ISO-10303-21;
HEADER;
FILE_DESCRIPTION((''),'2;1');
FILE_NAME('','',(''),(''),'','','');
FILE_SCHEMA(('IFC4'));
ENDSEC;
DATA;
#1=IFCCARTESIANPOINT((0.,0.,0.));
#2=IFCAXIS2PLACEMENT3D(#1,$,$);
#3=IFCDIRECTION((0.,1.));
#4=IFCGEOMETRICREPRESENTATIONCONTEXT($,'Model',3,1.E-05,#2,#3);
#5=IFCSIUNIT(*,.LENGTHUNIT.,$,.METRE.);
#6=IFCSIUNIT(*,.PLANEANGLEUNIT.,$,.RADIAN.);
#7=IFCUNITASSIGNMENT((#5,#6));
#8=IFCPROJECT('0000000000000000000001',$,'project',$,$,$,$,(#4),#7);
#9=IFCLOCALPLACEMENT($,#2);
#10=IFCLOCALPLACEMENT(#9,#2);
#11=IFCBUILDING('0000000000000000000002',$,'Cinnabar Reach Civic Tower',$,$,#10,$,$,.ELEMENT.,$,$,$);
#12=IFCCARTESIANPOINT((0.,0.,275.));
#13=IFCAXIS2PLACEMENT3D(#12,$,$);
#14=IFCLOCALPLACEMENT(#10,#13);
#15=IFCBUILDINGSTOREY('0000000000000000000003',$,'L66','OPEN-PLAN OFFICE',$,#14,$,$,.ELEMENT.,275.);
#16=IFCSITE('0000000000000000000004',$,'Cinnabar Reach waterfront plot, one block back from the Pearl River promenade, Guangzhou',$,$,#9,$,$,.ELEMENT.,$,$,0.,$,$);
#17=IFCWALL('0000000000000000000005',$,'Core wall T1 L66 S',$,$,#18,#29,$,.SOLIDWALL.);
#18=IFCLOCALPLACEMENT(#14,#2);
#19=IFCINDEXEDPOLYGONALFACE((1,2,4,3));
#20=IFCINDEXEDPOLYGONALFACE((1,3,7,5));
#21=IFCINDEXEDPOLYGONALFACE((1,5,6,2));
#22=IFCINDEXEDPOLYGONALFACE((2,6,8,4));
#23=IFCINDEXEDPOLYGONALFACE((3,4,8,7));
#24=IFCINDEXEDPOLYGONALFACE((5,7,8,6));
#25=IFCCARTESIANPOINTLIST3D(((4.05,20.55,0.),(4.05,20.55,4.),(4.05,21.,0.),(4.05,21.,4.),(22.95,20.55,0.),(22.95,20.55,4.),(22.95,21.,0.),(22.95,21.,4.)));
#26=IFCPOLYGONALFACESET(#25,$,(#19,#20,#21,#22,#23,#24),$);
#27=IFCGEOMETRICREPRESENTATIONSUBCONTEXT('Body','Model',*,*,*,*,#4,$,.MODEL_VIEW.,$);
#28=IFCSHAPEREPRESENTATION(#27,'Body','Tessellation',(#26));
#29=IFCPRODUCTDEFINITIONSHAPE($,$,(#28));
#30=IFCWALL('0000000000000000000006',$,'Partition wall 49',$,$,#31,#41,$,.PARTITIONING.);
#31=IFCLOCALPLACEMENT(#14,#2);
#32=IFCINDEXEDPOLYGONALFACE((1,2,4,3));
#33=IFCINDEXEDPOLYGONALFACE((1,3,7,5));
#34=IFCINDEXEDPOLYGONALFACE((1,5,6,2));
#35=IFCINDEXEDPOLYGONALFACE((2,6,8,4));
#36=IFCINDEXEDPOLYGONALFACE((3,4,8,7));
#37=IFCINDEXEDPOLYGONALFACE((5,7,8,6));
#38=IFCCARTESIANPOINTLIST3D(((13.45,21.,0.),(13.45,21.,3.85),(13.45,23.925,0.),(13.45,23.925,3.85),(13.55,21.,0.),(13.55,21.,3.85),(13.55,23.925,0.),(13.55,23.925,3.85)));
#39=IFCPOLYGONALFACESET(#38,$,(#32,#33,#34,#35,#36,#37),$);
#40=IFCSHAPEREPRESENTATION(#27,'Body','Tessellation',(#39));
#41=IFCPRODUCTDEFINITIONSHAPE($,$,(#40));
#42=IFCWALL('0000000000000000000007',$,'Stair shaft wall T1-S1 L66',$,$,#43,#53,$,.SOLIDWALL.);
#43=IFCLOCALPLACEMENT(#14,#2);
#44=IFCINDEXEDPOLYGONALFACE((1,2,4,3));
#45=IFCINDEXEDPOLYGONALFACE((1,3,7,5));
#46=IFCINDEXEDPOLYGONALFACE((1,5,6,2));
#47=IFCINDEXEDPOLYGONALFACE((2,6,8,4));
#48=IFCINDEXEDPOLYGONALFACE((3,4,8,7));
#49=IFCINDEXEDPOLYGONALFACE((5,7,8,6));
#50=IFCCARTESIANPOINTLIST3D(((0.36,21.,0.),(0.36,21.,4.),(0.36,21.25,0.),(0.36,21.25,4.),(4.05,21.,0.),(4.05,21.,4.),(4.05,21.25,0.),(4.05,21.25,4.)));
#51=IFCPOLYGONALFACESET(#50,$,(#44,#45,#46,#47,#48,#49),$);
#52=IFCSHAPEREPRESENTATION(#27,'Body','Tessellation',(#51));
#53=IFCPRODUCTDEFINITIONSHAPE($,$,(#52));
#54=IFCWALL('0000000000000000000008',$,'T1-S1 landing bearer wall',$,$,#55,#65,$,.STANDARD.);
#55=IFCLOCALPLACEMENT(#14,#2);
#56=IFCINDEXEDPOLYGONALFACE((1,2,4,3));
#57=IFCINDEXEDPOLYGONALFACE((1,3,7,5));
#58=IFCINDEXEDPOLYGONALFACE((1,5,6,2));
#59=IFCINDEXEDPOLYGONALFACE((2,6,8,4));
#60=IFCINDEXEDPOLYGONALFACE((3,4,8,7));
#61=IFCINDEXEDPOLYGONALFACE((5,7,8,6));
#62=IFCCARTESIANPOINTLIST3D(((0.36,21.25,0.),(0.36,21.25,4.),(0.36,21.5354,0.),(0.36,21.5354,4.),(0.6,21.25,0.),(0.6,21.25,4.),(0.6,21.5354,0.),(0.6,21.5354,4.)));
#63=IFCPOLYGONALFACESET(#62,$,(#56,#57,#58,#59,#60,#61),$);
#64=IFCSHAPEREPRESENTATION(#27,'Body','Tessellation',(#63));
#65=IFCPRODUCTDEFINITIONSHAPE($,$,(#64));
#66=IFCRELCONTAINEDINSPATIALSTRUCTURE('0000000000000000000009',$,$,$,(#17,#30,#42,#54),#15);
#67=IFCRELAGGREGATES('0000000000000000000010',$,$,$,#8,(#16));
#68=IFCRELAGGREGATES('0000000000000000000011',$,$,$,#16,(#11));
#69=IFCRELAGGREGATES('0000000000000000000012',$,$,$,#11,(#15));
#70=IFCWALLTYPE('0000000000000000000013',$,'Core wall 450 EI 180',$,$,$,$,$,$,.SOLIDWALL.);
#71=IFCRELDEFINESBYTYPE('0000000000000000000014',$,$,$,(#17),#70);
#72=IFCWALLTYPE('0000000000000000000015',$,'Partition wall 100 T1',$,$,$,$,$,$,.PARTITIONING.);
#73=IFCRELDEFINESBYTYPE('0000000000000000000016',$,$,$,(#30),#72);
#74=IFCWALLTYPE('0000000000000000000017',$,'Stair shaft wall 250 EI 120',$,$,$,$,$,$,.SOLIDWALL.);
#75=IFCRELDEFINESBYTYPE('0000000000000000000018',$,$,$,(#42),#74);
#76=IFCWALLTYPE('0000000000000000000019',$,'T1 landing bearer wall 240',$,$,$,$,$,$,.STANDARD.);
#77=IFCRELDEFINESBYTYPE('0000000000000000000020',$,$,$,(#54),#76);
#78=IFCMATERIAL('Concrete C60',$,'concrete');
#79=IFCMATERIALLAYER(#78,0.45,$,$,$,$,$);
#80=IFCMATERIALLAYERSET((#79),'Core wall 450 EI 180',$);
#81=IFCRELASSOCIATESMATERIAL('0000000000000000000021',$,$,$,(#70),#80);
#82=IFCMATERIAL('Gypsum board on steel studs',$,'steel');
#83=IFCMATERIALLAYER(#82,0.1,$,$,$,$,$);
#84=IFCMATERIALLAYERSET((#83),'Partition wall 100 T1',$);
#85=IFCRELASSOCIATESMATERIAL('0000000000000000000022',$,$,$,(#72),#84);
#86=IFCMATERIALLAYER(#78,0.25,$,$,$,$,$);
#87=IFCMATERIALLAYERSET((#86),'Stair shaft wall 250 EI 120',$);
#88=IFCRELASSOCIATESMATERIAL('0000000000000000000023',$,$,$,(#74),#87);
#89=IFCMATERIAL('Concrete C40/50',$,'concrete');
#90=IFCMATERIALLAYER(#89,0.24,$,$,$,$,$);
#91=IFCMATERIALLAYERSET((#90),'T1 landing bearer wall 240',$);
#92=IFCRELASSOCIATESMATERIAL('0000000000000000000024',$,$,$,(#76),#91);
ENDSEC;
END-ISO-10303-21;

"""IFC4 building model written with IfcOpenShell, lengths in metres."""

from ifc_helpers import new_model, si_unit, direction, frame, frame_2d, origin, place, context, subcontext, project, spatial, rectangle, extrude, material, layer, layer_set, type_object, element, save


model = new_model("IFC4")

# Units and contexts
model_context = context("Model", 3, precision=1e-05, world=origin(), true_north=direction((0.0, 1.0)))
body_context = subcontext(model_context, "Body", "Model", "MODEL_VIEW")
ifc_project = project(units=[si_unit("LENGTHUNIT", "METRE"), si_unit("PLANEANGLEUNIT", "RADIAN")], contexts=[model_context])

# Site, building, storey
site_placement = place(None, origin())
site = spatial("IfcSite", under=ifc_project, at=site_placement, Name="Cinnabar Reach waterfront plot, one block back from the Pearl River promenade, Guangzhou", CompositionType="ELEMENT", RefElevation=0.0)
building_placement = place(site_placement, origin())
building = spatial("IfcBuilding", under=site, at=building_placement, Name="Cinnabar Reach Civic Tower", CompositionType="ELEMENT")
storey_placement = place(building_placement, frame((0.0, 0.0, 275.0)))
storey = spatial("IfcBuildingStorey", under=building, at=storey_placement, Name="L66", Description="OPEN-PLAN OFFICE", CompositionType="ELEMENT", Elevation=275.0)

# Shared definitions
ifc_material_1 = material(Name="Concrete C60", Category="concrete")

# Shared definitions
ifc_material_2 = material(Name="Concrete C40/50", Category="concrete")

# Walls
ifc_layer_1 = layer(ifc_material_1, 0.45)
ifc_layer_set_1 = layer_set([ifc_layer_1], Name="Core wall 450 EI 180")
wall_type_1 = type_object("IfcWallType", Name="Core wall 450 EI 180", PredefinedType="SOLIDWALL", material=ifc_layer_set_1)
wall_1_placement = place(storey_placement, frame((4.05, 20.775, 0.0), z_axis=(0.0, 0.0, 1.0), x_axis=(1.0, 0.0, 0.0)))
element("IfcWall", 1, at=wall_1_placement, inside=storey, type_object=wall_type_1, Name="Core wall T1 L66 S", PredefinedType="SOLIDWALL", context=body_context, shape_type="SweptSolid", body=[
    extrude(rectangle(XDim=18.9, YDim=0.45, at=frame_2d((9.45, 0.0))), origin(), (0.0, 0.0, 1.0), 4.0),
])
ifc_material_3 = material(Name="Gypsum board on steel studs", Category="steel")
ifc_layer_2 = layer(ifc_material_3, 0.1)
ifc_layer_set_2 = layer_set([ifc_layer_2], Name="Partition wall 100 T1")
wall_type_2 = type_object("IfcWallType", Name="Partition wall 100 T1", PredefinedType="PARTITIONING", material=ifc_layer_set_2)
wall_2_placement = place(storey_placement, frame((13.5, 21.0, 0.0), z_axis=(0.0, 0.0, 1.0), x_axis=(0.0, 1.0, 0.0)))
element("IfcWall", 2, at=wall_2_placement, inside=storey, type_object=wall_type_2, Name="Partition wall 49", PredefinedType="PARTITIONING", context=body_context, shape_type="SweptSolid", body=[
    extrude(rectangle(XDim=2.925, YDim=0.1, at=frame_2d((1.4625, 0.0))), origin(), (0.0, 0.0, 1.0), 3.85),
])
ifc_layer_3 = layer(ifc_material_1, 0.25)
ifc_layer_set_3 = layer_set([ifc_layer_3], Name="Stair shaft wall 250 EI 120")
wall_type_3 = type_object("IfcWallType", Name="Stair shaft wall 250 EI 120", PredefinedType="SOLIDWALL", material=ifc_layer_set_3)
wall_3_placement = place(storey_placement, frame((0.36, 21.125, 0.0), z_axis=(0.0, 0.0, 1.0), x_axis=(1.0, 0.0, 0.0)))
element("IfcWall", 3, at=wall_3_placement, inside=storey, type_object=wall_type_3, Name="Stair shaft wall T1-S1 L66", PredefinedType="SOLIDWALL", context=body_context, shape_type="SweptSolid", body=[
    extrude(rectangle(XDim=3.69, YDim=0.25, at=frame_2d((1.845, 0.0))), origin(), (0.0, 0.0, 1.0), 4.0),
])
ifc_layer_4 = layer(ifc_material_2, 0.24)
ifc_layer_set_4 = layer_set([ifc_layer_4], Name="T1 landing bearer wall 240")
wall_type_4 = type_object("IfcWallType", Name="T1 landing bearer wall 240", PredefinedType="STANDARD", material=ifc_layer_set_4)
wall_4_placement = place(storey_placement, frame((0.48, 21.25, 0.0), z_axis=(0.0, 0.0, 1.0), x_axis=(0.0, 1.0, 0.0)))
element("IfcWall", 4, at=wall_4_placement, inside=storey, type_object=wall_type_4, Name="T1-S1 landing bearer wall", PredefinedType="STANDARD", context=body_context, shape_type="SweptSolid", body=[
    extrude(rectangle(XDim=0.2854, YDim=0.24, at=frame_2d((0.1427, 0.0))), origin(), (0.0, 0.0, 1.0), 4.0),
])

save(model, "model.ifc")
